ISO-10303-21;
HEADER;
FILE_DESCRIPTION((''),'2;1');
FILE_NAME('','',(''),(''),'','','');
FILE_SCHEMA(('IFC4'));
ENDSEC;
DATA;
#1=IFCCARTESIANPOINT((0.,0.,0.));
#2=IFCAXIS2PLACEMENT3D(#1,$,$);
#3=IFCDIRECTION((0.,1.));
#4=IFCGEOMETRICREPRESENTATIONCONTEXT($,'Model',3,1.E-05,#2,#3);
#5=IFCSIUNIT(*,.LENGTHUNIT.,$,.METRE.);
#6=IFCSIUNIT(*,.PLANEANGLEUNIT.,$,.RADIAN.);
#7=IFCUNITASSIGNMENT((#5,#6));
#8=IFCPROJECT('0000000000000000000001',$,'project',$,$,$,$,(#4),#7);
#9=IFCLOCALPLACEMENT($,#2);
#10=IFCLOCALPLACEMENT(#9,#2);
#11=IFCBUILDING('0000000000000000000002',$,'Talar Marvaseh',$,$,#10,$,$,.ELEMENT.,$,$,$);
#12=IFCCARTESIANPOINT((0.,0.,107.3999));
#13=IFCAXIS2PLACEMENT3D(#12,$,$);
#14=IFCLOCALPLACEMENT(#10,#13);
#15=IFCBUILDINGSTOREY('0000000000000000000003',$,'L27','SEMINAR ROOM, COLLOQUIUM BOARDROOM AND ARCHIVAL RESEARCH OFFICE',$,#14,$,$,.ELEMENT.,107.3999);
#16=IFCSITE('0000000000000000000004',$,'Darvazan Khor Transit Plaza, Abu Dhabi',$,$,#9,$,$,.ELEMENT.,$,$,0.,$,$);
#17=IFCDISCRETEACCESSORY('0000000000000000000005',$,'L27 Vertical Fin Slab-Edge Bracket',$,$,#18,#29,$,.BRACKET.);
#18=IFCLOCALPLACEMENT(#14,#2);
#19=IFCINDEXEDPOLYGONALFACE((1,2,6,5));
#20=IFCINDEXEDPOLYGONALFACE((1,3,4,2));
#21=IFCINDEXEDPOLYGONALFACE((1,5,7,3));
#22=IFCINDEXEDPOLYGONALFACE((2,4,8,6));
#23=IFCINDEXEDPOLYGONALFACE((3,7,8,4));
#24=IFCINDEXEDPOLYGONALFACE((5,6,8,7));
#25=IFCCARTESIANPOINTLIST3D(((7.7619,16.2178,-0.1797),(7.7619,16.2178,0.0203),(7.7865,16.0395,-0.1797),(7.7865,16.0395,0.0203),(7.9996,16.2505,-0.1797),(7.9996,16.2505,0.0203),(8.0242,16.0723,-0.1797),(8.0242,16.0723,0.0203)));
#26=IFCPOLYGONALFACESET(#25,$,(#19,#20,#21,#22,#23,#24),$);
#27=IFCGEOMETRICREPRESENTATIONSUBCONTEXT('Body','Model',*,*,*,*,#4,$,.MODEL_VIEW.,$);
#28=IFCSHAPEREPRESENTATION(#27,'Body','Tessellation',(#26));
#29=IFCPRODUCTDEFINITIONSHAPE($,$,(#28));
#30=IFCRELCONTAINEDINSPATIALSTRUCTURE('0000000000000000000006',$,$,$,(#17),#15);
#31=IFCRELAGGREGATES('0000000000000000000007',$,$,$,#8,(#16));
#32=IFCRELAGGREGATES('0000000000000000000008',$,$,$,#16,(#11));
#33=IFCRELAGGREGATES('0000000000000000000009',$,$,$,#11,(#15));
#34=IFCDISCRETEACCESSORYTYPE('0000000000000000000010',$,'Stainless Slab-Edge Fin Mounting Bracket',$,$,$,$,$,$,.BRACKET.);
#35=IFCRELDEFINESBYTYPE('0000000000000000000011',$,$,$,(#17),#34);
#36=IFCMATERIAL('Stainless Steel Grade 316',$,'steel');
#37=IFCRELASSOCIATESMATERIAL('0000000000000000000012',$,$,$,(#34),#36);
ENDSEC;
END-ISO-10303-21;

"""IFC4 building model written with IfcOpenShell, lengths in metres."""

from ifc_helpers import new_model, si_unit, direction, frame, origin, origin_2d, place, context, subcontext, project, spatial, rectangle, extrude, source, transform, mapped, material, type_object, type_shapes, element, save


model = new_model("IFC4")

# Units and contexts
model_context = context("Model", 3, precision=1e-05, world=origin(), true_north=direction((0.0, 1.0)))
body_context = subcontext(model_context, "Body", "Model", "MODEL_VIEW")
ifc_project = project(units=[si_unit("LENGTHUNIT", "METRE"), si_unit("PLANEANGLEUNIT", "RADIAN")], contexts=[model_context])

# Site, building, storey
site_placement = place(None, origin())
site = spatial("IfcSite", under=ifc_project, at=site_placement, Name="Darvazan Khor Transit Plaza, Abu Dhabi", CompositionType="ELEMENT", RefElevation=0.0)
building_placement = place(site_placement, origin())
building = spatial("IfcBuilding", under=site, at=building_placement, Name="Talar Marvaseh", CompositionType="ELEMENT")
storey_placement = place(building_placement, frame((0.0, 0.0, 107.3999)))
storey = spatial("IfcBuildingStorey", under=building, at=storey_placement, Name="L27", Description="SEMINAR ROOM, COLLOQUIUM BOARDROOM AND ARCHIVAL RESEARCH OFFICE", CompositionType="ELEMENT", Elevation=107.3999)

# Discrete accessory
ifc_material_1 = material(Name="Stainless Steel Grade 316", Category="steel")
discrete_accessory_type = type_object("IfcDiscreteAccessoryType", Name="Stainless Slab-Edge Fin Mounting Bracket", PredefinedType="BRACKET", material=ifc_material_1)
shared_shape_1 = source(origin(), body_context, "Body", "SweptSolid", [
    extrude(rectangle(XDim=0.24, YDim=0.1799, at=origin_2d()), origin(), (0.0, 0.0, 1.0), 0.2),
])
type_shapes(discrete_accessory_type, [shared_shape_1])
for number, where, z_axis, x_axis, name in (
    (1, (7.8931, 16.145, -0.1797), (0.0, 0.0, 1.0), (-0.990629, -0.13658, 0.0), "L27 Vertical Fin Slab-Edge Bracket"),
):
    element("IfcDiscreteAccessory", number, at=place(storey_placement, frame(where, z_axis=z_axis, x_axis=x_axis)), inside=storey, type_object=discrete_accessory_type, Name=name, PredefinedType="BRACKET", context=body_context, shape_type="MappedRepresentation", body=[
        mapped(shared_shape_1, transform((0.0, 0.0, 0.0), x_axis=(1.0, 0.0, 0.0), y_axis=(0.0, 1.0, 0.0), z_axis=(0.0, 0.0, 1.0), scale=1.0)),
    ])

save(model, "model.ifc")
